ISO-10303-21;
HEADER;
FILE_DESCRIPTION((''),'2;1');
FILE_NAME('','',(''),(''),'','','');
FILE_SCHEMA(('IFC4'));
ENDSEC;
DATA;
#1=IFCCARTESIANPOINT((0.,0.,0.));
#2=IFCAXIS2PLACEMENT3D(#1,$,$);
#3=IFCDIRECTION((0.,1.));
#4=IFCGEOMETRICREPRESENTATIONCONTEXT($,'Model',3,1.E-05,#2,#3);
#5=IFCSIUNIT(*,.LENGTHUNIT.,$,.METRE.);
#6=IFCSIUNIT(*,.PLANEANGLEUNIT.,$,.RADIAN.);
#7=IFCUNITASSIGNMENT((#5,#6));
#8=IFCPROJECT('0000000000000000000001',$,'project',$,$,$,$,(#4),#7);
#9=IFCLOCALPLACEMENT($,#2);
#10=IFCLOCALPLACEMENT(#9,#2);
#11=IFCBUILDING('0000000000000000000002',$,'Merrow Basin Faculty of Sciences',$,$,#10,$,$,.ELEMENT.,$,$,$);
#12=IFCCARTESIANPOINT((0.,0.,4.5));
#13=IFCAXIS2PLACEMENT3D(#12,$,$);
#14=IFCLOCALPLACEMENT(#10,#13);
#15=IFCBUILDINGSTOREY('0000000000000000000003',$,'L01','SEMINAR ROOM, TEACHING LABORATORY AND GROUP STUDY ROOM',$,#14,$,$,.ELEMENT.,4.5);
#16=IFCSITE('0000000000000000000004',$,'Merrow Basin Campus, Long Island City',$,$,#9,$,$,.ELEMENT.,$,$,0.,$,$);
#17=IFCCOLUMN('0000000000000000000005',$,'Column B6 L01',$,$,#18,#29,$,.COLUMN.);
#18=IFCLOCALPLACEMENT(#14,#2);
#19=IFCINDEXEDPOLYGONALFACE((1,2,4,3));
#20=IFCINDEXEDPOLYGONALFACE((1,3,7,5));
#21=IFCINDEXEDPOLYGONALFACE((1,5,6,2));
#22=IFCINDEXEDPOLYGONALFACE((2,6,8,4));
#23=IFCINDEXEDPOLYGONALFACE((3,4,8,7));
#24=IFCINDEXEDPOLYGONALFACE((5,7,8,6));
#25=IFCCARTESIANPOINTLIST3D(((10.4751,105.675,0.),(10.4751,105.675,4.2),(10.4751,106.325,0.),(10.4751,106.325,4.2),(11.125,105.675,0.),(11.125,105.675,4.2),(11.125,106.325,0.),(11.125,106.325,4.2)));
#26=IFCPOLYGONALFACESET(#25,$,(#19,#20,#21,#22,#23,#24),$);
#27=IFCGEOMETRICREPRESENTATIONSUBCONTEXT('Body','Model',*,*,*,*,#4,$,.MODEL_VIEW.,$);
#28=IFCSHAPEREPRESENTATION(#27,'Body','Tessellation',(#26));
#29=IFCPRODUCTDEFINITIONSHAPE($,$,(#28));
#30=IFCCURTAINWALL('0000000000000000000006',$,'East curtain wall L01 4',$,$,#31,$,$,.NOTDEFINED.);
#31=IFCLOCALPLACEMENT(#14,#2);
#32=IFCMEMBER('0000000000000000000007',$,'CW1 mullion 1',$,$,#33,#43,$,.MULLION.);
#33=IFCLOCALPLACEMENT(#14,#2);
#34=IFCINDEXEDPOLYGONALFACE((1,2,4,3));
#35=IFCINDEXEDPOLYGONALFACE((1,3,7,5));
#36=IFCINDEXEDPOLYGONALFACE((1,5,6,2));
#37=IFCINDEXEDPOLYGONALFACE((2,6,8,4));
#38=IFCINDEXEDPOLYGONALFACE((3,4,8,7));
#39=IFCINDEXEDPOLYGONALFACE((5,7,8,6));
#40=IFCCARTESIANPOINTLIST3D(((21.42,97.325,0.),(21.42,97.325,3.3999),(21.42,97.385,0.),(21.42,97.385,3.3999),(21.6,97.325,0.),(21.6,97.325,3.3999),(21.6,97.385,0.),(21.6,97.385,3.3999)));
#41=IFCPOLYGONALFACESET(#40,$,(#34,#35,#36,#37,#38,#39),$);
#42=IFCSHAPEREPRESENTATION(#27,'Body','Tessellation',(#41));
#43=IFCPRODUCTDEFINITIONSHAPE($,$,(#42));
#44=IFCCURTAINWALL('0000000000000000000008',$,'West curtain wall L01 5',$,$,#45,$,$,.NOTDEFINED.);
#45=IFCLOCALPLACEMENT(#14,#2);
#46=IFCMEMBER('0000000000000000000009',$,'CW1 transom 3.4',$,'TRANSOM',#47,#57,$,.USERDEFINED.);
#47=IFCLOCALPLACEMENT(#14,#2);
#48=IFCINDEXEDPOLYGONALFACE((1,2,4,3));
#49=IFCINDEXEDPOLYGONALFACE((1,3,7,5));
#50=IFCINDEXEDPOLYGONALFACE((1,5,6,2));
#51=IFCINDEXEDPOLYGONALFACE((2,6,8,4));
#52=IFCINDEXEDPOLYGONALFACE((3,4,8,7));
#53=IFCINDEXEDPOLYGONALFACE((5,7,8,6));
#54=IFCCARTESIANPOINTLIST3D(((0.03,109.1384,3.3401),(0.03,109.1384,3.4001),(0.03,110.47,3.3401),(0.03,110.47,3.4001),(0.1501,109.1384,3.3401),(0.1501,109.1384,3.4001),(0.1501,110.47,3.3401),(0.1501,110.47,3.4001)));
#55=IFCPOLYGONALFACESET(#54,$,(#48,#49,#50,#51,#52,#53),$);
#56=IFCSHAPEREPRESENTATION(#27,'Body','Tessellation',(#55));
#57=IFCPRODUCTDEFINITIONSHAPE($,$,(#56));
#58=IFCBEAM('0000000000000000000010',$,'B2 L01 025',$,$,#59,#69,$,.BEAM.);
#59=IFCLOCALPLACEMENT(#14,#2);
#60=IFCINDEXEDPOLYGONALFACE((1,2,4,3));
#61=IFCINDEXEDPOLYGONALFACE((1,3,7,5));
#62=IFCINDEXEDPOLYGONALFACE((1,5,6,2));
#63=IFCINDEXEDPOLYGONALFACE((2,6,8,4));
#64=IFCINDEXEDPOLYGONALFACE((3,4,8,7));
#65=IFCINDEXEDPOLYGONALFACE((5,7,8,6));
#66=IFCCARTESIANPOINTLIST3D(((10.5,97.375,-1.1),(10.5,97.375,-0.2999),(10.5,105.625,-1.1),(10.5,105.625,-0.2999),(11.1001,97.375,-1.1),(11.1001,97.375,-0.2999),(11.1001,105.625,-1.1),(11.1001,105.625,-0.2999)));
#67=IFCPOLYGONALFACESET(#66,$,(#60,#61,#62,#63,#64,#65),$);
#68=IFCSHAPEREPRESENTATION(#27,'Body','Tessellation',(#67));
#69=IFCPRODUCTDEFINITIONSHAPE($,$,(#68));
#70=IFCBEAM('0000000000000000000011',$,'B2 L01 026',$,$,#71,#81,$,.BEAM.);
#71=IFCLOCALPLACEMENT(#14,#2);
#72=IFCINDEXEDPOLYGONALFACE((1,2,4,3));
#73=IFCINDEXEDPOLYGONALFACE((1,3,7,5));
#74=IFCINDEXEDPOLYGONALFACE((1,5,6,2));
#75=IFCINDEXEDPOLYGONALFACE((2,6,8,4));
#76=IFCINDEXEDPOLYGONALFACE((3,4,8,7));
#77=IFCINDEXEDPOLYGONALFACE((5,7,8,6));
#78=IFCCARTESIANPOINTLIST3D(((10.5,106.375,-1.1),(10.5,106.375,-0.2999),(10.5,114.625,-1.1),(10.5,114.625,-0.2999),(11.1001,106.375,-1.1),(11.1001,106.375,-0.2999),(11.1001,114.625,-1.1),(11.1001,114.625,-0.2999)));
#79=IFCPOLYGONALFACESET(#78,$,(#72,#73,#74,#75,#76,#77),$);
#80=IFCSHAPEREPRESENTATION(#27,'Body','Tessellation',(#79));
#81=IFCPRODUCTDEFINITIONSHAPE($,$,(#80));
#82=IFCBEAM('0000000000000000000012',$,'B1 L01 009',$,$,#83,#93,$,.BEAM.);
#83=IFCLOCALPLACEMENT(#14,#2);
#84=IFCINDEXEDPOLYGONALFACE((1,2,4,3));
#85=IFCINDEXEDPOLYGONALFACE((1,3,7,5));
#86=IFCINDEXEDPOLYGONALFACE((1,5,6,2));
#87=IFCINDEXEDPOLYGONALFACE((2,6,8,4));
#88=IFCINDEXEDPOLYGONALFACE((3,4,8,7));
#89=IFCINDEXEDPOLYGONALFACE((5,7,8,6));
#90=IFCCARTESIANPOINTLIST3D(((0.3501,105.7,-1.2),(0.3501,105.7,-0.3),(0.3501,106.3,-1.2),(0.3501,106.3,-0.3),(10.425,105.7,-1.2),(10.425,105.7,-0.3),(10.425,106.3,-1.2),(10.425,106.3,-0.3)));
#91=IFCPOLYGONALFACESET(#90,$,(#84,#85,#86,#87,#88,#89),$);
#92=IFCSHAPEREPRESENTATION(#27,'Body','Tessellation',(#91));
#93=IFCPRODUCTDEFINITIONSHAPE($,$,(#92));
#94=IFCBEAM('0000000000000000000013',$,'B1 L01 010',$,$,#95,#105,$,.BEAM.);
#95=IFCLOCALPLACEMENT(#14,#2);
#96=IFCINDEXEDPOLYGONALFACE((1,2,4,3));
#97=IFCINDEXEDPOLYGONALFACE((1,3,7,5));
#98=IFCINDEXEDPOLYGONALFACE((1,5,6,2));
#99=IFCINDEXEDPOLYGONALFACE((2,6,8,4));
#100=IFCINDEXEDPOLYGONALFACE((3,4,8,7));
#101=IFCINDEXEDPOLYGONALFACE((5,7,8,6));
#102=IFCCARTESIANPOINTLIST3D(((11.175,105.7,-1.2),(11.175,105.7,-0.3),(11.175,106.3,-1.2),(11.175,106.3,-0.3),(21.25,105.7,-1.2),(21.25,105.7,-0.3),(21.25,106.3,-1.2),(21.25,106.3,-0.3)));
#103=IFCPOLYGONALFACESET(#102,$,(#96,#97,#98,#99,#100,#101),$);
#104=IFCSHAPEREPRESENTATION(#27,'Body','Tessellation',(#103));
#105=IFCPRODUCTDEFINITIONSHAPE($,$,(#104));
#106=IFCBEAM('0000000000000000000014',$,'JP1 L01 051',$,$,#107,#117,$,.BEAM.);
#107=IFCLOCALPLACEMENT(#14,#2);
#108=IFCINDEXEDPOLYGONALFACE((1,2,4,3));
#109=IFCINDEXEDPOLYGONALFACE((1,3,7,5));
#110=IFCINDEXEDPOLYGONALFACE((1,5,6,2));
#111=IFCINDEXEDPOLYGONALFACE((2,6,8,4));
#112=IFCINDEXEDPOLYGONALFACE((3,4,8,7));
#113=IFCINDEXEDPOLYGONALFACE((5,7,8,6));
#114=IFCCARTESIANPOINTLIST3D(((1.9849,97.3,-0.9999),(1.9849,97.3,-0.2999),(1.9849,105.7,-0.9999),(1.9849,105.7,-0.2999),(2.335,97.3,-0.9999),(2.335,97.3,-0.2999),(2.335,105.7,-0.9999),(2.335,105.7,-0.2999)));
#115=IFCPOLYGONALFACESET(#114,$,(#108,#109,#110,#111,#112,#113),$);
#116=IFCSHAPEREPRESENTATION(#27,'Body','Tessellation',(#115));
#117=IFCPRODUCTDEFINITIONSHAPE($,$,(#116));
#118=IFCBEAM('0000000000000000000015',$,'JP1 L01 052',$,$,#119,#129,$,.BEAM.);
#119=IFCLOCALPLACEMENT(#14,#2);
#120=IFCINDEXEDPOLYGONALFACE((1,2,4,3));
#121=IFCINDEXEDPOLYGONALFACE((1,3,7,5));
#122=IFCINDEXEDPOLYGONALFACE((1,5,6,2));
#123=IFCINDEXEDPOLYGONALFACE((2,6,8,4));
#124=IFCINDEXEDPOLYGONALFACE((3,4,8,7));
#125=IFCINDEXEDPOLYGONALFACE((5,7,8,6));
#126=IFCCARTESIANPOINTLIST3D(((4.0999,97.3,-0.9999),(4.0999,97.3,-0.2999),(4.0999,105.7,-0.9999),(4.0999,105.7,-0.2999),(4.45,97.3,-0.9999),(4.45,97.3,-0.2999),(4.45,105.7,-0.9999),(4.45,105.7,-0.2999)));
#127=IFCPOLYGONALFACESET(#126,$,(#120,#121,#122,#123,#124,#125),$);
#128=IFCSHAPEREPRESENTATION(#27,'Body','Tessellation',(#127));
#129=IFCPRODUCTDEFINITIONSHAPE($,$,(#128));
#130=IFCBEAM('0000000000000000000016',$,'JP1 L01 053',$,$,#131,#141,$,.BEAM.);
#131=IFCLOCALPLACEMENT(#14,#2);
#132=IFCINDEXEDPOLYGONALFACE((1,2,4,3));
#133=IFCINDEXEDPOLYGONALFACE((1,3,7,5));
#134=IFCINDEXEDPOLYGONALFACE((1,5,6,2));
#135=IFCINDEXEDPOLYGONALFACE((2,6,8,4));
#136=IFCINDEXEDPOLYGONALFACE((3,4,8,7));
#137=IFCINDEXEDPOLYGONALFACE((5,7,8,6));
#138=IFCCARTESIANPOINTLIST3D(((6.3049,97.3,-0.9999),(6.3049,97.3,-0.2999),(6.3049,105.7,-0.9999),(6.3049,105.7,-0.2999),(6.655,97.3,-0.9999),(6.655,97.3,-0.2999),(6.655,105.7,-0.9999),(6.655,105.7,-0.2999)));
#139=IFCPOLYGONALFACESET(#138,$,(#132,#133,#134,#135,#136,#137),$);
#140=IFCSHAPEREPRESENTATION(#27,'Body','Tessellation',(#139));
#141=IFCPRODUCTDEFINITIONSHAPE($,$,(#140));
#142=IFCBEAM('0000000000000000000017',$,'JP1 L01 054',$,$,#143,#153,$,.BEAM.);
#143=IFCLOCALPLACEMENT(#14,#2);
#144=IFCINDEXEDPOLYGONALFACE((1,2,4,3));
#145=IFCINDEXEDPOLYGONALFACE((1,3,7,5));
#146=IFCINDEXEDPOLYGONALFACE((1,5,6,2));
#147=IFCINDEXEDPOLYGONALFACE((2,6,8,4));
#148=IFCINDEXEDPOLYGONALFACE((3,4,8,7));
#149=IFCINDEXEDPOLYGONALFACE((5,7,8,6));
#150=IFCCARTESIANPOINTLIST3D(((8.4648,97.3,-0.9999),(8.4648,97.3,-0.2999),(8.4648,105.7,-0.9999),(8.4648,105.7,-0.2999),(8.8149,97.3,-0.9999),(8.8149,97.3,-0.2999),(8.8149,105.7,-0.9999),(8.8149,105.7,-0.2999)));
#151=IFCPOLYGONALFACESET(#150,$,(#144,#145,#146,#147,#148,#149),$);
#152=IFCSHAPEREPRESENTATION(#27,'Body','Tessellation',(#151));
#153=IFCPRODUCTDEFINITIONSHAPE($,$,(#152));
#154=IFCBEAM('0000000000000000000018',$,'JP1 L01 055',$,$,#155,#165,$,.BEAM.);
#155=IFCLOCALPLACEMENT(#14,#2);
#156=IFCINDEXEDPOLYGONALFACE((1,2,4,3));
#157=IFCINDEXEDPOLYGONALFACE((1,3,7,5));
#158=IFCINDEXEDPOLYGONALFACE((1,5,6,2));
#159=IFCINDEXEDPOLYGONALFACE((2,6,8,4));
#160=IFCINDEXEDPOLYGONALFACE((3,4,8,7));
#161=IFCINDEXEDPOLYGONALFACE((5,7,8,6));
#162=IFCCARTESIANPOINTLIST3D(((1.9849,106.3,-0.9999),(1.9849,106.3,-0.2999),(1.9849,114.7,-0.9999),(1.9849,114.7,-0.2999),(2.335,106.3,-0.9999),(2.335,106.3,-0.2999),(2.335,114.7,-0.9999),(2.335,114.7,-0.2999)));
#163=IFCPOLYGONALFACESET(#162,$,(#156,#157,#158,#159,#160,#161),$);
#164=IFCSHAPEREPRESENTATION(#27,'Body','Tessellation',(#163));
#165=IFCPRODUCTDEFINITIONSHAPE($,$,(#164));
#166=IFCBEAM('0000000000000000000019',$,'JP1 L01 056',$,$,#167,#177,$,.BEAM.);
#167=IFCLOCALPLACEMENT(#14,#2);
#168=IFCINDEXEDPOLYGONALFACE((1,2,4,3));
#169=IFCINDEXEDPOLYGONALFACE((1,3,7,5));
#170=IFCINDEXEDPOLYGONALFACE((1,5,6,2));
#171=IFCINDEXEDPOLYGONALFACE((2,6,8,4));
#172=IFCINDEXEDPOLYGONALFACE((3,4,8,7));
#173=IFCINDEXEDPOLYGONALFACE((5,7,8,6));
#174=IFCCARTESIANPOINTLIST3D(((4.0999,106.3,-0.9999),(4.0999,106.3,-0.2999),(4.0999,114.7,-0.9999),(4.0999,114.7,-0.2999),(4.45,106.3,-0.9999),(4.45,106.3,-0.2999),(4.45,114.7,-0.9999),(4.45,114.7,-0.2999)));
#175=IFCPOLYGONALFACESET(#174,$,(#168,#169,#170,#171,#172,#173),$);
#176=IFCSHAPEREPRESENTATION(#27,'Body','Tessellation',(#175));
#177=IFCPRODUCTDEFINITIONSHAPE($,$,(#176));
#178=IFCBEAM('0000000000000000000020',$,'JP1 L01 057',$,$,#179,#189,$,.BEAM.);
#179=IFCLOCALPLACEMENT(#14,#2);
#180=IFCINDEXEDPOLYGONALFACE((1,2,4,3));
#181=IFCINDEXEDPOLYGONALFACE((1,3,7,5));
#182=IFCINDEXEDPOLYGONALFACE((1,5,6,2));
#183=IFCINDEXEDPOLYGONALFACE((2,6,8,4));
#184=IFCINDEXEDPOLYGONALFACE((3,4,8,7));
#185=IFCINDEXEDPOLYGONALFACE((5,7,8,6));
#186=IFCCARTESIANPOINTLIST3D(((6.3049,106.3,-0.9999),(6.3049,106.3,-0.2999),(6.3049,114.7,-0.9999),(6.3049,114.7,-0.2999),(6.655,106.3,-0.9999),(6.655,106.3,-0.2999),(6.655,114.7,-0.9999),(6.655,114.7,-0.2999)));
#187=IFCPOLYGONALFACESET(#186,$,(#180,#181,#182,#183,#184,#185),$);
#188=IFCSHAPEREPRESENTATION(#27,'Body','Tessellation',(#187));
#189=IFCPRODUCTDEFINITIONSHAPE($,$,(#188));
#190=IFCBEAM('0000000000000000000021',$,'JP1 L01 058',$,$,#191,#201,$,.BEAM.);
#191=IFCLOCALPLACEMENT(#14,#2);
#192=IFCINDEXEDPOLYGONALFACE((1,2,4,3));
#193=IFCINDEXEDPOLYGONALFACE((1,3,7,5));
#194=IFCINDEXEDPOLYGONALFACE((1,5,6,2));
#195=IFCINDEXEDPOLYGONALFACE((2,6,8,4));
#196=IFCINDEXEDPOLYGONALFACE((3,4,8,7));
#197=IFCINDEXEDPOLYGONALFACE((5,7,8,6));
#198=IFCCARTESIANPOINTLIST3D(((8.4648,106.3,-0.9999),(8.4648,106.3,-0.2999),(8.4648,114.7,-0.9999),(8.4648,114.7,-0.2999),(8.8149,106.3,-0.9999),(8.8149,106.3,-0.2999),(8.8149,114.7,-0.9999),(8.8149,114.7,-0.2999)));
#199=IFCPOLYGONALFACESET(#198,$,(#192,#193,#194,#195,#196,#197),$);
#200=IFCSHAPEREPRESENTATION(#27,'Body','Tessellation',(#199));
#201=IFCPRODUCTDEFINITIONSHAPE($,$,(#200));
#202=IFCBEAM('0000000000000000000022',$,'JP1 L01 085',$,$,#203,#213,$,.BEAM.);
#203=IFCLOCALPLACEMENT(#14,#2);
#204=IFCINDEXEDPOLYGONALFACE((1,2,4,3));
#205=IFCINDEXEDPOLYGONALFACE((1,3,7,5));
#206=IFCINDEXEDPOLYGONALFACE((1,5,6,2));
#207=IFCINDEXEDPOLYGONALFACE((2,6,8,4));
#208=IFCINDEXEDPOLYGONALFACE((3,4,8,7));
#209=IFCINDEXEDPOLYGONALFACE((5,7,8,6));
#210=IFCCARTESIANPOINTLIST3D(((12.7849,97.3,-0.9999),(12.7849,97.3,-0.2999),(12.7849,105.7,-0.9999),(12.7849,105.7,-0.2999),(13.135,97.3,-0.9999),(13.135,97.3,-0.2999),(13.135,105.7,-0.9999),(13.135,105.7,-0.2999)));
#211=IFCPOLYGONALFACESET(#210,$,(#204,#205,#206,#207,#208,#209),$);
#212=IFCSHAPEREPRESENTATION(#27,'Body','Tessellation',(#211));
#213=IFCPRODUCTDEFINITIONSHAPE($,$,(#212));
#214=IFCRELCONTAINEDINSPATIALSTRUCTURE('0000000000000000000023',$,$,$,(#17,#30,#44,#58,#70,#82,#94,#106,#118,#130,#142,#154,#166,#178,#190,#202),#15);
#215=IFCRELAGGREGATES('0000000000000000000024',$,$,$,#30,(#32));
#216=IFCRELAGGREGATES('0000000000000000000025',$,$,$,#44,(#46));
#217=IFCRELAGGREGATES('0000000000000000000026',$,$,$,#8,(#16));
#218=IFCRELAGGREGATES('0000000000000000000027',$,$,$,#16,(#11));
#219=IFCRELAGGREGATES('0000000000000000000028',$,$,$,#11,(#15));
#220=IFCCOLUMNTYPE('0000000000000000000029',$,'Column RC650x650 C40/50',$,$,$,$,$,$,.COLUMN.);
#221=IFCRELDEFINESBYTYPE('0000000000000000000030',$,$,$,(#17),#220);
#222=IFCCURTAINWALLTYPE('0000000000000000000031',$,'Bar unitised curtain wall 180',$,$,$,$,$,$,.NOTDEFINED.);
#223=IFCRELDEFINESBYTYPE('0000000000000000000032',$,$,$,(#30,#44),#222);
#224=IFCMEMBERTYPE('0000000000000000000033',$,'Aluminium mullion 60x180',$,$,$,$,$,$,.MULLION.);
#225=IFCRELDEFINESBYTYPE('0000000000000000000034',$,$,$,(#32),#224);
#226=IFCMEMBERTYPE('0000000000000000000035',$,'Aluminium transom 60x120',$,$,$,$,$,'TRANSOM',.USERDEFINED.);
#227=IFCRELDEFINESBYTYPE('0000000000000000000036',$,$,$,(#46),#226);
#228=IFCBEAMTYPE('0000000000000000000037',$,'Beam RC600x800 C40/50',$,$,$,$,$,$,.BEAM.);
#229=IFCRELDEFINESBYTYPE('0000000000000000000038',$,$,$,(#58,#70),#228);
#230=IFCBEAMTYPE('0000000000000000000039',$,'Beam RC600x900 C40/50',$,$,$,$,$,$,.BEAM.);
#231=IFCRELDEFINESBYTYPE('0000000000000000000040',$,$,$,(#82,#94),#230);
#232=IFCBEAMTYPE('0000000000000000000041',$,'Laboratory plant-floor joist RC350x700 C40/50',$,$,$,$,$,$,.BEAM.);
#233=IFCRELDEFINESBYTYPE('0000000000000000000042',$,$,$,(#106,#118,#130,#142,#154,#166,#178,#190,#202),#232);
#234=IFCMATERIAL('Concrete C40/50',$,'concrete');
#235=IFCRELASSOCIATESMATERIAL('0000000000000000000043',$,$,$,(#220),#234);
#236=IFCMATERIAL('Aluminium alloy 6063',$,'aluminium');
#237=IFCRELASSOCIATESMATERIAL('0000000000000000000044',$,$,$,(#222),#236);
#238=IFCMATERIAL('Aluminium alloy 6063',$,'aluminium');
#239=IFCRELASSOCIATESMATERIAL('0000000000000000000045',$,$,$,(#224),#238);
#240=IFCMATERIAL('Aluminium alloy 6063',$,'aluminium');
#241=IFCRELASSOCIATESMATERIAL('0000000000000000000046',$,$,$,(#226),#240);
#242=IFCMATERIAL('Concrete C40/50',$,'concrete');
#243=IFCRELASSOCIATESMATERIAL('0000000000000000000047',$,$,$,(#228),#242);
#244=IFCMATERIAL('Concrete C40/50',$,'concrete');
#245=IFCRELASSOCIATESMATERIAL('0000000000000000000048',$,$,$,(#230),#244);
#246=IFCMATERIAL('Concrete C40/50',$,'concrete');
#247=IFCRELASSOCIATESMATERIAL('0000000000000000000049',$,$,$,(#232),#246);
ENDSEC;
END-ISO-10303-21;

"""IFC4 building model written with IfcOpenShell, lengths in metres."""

from ifc_helpers import new_model, si_unit, direction, frame, origin, origin_2d, place, context, subcontext, project, spatial, rectangle, extrude, material, material_profile, profile_set, type_object, element, aggregate, save


model = new_model("IFC4")

# Units and contexts
model_context = context("Model", 3, precision=1e-05, world=origin(), true_north=direction((0.0, 1.0)))
body_context = subcontext(model_context, "Body", "Model", "MODEL_VIEW")
ifc_project = project(units=[si_unit("LENGTHUNIT", "METRE"), si_unit("PLANEANGLEUNIT", "RADIAN")], contexts=[model_context])

# Site, building, storey
site_placement = place(None, origin())
site = spatial("IfcSite", under=ifc_project, at=site_placement, Name="Merrow Basin Campus, Long Island City", CompositionType="ELEMENT", RefElevation=0.0)
building_placement = place(site_placement, origin())
building = spatial("IfcBuilding", under=site, at=building_placement, Name="Merrow Basin Faculty of Sciences", CompositionType="ELEMENT")
storey_placement = place(building_placement, frame((0.0, 0.0, 4.5)))
storey = spatial("IfcBuildingStorey", under=building, at=storey_placement, Name="L01", Description="SEMINAR ROOM, TEACHING LABORATORY AND GROUP STUDY ROOM", CompositionType="ELEMENT", Elevation=4.5)

# Column
ifc_material_1 = material(Name="Concrete C40/50", Category="concrete")
ifc_material_profile_1 = material_profile(ifc_material_1, rectangle(XDim=0.6499, YDim=0.6499, at=origin_2d()))
ifc_profile_set_1 = profile_set([ifc_material_profile_1], Name="Concrete C40/50")
column_type = type_object("IfcColumnType", Name="Column RC650x650 C40/50", PredefinedType="COLUMN", material=ifc_profile_set_1)
column_placement = place(storey_placement, frame((10.8, 106.0, 0.0), z_axis=(0.0, 0.0, 1.0), x_axis=(1.0, 0.0, 0.0)))
element("IfcColumn", 1, at=column_placement, inside=storey, type_object=column_type, Name="Column B6 L01", PredefinedType="COLUMN", context=body_context, shape_type="SweptSolid", body=[
    extrude(rectangle(XDim=0.6499, YDim=0.6499, at=origin_2d()), origin(), (0.0, 0.0, 1.0), 4.2),
])

# Curtain walls, members
ifc_material_2 = material(Name="Aluminium alloy 6063", Category="aluminium")
curtain_wall_type = type_object("IfcCurtainWallType", Name="Bar unitised curtain wall 180", PredefinedType="NOTDEFINED", material=ifc_material_2)
curtain_wall_1_placement = place(storey_placement, origin())
curtain_wall_1 = element("IfcCurtainWall", 2, at=curtain_wall_1_placement, inside=storey, type_object=curtain_wall_type, Name="East curtain wall L01 4", PredefinedType="NOTDEFINED")
ifc_material_3 = material(Name="Aluminium alloy 6063", Category="aluminium")
ifc_material_profile_2 = material_profile(ifc_material_3, rectangle(XDim=0.1799, YDim=0.0601, at=origin_2d()))
ifc_profile_set_2 = profile_set([ifc_material_profile_2], Name="Aluminium alloy 6063")
member_type_1 = type_object("IfcMemberType", Name="Aluminium mullion 60x180", PredefinedType="MULLION", material=ifc_profile_set_2)
member_1_placement = place(storey_placement, frame((21.51, 97.355, 0.0), z_axis=(0.0, 0.0, 1.0), x_axis=(-1.0, 0.0, 0.0)))
member_1 = element("IfcMember", 3, at=member_1_placement, type_object=member_type_1, Name="CW1 mullion 1", PredefinedType="MULLION", context=body_context, shape_type="SweptSolid", body=[
    extrude(rectangle(XDim=0.1799, YDim=0.0601, at=origin_2d()), origin(), (0.0, 0.0, 1.0), 3.3999),
])
aggregate(curtain_wall_1, [member_1])
curtain_wall_2_placement = place(storey_placement, origin())
curtain_wall_2 = element("IfcCurtainWall", 4, at=curtain_wall_2_placement, inside=storey, type_object=curtain_wall_type, Name="West curtain wall L01 5", PredefinedType="NOTDEFINED")
ifc_material_4 = material(Name="Aluminium alloy 6063", Category="aluminium")
ifc_material_profile_3 = material_profile(ifc_material_4, rectangle(XDim=0.1201, YDim=0.0601, at=origin_2d()))
ifc_profile_set_3 = profile_set([ifc_material_profile_3], Name="Aluminium alloy 6063")
member_type_2 = type_object("IfcMemberType", Name="Aluminium transom 60x120", ElementType="TRANSOM", PredefinedType="USERDEFINED", material=ifc_profile_set_3)
member_2_placement = place(storey_placement, frame((0.0901, 109.1384, 3.3701), z_axis=(0.0, 1.0, 0.0), x_axis=(-1.0, 0.0, 0.0)))
member_2 = element("IfcMember", 5, at=member_2_placement, type_object=member_type_2, Name="CW1 transom 3.4", ObjectType="TRANSOM", PredefinedType="USERDEFINED", context=body_context, shape_type="SweptSolid", body=[
    extrude(rectangle(XDim=0.1201, YDim=0.0601, at=origin_2d()), origin(), (0.0, 0.0, 1.0), 1.3315),
])

# Beams
ifc_material_5 = material(Name="Concrete C40/50", Category="concrete")
ifc_material_profile_4 = material_profile(ifc_material_5, rectangle(XDim=0.6001, YDim=0.8, at=origin_2d()))
ifc_profile_set_4 = profile_set([ifc_material_profile_4], Name="Concrete C40/50")
beam_type_1 = type_object("IfcBeamType", Name="Beam RC600x800 C40/50", PredefinedType="BEAM", material=ifc_profile_set_4)
for number, where, z_axis, x_axis, name in (
    (6, (10.8, 97.375, -0.7), (0.0, 1.0, 0.0), (-1.0, 0.0, 0.0), "B2 L01 025"),
    (7, (10.8, 106.375, -0.7), (0.0, 1.0, 0.0), (-1.0, 0.0, 0.0), "B2 L01 026"),
):
    element("IfcBeam", number, at=place(storey_placement, frame(where, z_axis=z_axis, x_axis=x_axis)), inside=storey, type_object=beam_type_1, Name=name, PredefinedType="BEAM", context=body_context, shape_type="SweptSolid", body=[
        extrude(rectangle(XDim=0.6001, YDim=0.8, at=origin_2d()), origin(), (0.0, 0.0, 1.0), 8.25),
    ])
ifc_material_6 = material(Name="Concrete C40/50", Category="concrete")
ifc_material_profile_5 = material_profile(ifc_material_6, rectangle(XDim=0.6001, YDim=0.8999, at=origin_2d()))
ifc_profile_set_5 = profile_set([ifc_material_profile_5], Name="Concrete C40/50")
beam_type_2 = type_object("IfcBeamType", Name="Beam RC600x900 C40/50", PredefinedType="BEAM", material=ifc_profile_set_5)
for number, where, z_axis, x_axis, name in (
    (8, (0.3501, 106.0, -0.75), (1.0, 0.0, 0.0), (0.0, 1.0, 0.0), "B1 L01 009"),
    (9, (11.175, 106.0, -0.75), (1.0, 0.0, 0.0), (0.0, 1.0, 0.0), "B1 L01 010"),
):
    element("IfcBeam", number, at=place(storey_placement, frame(where, z_axis=z_axis, x_axis=x_axis)), inside=storey, type_object=beam_type_2, Name=name, PredefinedType="BEAM", context=body_context, shape_type="SweptSolid", body=[
        extrude(rectangle(XDim=0.6001, YDim=0.8999, at=origin_2d()), origin(), (0.0, 0.0, 1.0), 10.075),
    ])
ifc_material_7 = material(Name="Concrete C40/50", Category="concrete")
ifc_material_profile_6 = material_profile(ifc_material_7, rectangle(XDim=0.3501, YDim=0.7, at=origin_2d()))
ifc_profile_set_6 = profile_set([ifc_material_profile_6], Name="Concrete C40/50")
beam_type_3 = type_object("IfcBeamType", Name="Laboratory plant-floor joist RC350x700 C40/50", PredefinedType="BEAM", material=ifc_profile_set_6)
for number, where, z_axis, x_axis, name in (
    (10, (2.1599, 97.3, -0.6499), (0.0, 1.0, 0.0), (-1.0, 0.0, 0.0), "JP1 L01 051"),
    (11, (4.2749, 97.3, -0.6499), (0.0, 1.0, 0.0), (-1.0, 0.0, 0.0), "JP1 L01 052"),
    (12, (6.48, 97.3, -0.6499), (0.0, 1.0, 0.0), (-1.0, 0.0, 0.0), "JP1 L01 053"),
    (13, (8.6399, 97.3, -0.6499), (0.0, 1.0, 0.0), (-1.0, 0.0, 0.0), "JP1 L01 054"),
    (14, (2.1599, 106.3, -0.6499), (0.0, 1.0, 0.0), (-1.0, 0.0, 0.0), "JP1 L01 055"),
    (15, (4.2749, 106.3, -0.6499), (0.0, 1.0, 0.0), (-1.0, 0.0, 0.0), "JP1 L01 056"),
    (16, (6.48, 106.3, -0.6499), (0.0, 1.0, 0.0), (-1.0, 0.0, 0.0), "JP1 L01 057"),
    (17, (8.6399, 106.3, -0.6499), (0.0, 1.0, 0.0), (-1.0, 0.0, 0.0), "JP1 L01 058"),
    (18, (12.96, 97.3, -0.6499), (0.0, 1.0, 0.0), (-1.0, 0.0, 0.0), "JP1 L01 085"),
):
    element("IfcBeam", number, at=place(storey_placement, frame(where, z_axis=z_axis, x_axis=x_axis)), inside=storey, type_object=beam_type_3, Name=name, PredefinedType="BEAM", context=body_context, shape_type="SweptSolid", body=[
        extrude(rectangle(XDim=0.3501, YDim=0.7, at=origin_2d()), origin(), (0.0, 0.0, 1.0), 8.3999),
    ])

aggregate(curtain_wall_2, [member_2])

save(model, "model.ifc")
